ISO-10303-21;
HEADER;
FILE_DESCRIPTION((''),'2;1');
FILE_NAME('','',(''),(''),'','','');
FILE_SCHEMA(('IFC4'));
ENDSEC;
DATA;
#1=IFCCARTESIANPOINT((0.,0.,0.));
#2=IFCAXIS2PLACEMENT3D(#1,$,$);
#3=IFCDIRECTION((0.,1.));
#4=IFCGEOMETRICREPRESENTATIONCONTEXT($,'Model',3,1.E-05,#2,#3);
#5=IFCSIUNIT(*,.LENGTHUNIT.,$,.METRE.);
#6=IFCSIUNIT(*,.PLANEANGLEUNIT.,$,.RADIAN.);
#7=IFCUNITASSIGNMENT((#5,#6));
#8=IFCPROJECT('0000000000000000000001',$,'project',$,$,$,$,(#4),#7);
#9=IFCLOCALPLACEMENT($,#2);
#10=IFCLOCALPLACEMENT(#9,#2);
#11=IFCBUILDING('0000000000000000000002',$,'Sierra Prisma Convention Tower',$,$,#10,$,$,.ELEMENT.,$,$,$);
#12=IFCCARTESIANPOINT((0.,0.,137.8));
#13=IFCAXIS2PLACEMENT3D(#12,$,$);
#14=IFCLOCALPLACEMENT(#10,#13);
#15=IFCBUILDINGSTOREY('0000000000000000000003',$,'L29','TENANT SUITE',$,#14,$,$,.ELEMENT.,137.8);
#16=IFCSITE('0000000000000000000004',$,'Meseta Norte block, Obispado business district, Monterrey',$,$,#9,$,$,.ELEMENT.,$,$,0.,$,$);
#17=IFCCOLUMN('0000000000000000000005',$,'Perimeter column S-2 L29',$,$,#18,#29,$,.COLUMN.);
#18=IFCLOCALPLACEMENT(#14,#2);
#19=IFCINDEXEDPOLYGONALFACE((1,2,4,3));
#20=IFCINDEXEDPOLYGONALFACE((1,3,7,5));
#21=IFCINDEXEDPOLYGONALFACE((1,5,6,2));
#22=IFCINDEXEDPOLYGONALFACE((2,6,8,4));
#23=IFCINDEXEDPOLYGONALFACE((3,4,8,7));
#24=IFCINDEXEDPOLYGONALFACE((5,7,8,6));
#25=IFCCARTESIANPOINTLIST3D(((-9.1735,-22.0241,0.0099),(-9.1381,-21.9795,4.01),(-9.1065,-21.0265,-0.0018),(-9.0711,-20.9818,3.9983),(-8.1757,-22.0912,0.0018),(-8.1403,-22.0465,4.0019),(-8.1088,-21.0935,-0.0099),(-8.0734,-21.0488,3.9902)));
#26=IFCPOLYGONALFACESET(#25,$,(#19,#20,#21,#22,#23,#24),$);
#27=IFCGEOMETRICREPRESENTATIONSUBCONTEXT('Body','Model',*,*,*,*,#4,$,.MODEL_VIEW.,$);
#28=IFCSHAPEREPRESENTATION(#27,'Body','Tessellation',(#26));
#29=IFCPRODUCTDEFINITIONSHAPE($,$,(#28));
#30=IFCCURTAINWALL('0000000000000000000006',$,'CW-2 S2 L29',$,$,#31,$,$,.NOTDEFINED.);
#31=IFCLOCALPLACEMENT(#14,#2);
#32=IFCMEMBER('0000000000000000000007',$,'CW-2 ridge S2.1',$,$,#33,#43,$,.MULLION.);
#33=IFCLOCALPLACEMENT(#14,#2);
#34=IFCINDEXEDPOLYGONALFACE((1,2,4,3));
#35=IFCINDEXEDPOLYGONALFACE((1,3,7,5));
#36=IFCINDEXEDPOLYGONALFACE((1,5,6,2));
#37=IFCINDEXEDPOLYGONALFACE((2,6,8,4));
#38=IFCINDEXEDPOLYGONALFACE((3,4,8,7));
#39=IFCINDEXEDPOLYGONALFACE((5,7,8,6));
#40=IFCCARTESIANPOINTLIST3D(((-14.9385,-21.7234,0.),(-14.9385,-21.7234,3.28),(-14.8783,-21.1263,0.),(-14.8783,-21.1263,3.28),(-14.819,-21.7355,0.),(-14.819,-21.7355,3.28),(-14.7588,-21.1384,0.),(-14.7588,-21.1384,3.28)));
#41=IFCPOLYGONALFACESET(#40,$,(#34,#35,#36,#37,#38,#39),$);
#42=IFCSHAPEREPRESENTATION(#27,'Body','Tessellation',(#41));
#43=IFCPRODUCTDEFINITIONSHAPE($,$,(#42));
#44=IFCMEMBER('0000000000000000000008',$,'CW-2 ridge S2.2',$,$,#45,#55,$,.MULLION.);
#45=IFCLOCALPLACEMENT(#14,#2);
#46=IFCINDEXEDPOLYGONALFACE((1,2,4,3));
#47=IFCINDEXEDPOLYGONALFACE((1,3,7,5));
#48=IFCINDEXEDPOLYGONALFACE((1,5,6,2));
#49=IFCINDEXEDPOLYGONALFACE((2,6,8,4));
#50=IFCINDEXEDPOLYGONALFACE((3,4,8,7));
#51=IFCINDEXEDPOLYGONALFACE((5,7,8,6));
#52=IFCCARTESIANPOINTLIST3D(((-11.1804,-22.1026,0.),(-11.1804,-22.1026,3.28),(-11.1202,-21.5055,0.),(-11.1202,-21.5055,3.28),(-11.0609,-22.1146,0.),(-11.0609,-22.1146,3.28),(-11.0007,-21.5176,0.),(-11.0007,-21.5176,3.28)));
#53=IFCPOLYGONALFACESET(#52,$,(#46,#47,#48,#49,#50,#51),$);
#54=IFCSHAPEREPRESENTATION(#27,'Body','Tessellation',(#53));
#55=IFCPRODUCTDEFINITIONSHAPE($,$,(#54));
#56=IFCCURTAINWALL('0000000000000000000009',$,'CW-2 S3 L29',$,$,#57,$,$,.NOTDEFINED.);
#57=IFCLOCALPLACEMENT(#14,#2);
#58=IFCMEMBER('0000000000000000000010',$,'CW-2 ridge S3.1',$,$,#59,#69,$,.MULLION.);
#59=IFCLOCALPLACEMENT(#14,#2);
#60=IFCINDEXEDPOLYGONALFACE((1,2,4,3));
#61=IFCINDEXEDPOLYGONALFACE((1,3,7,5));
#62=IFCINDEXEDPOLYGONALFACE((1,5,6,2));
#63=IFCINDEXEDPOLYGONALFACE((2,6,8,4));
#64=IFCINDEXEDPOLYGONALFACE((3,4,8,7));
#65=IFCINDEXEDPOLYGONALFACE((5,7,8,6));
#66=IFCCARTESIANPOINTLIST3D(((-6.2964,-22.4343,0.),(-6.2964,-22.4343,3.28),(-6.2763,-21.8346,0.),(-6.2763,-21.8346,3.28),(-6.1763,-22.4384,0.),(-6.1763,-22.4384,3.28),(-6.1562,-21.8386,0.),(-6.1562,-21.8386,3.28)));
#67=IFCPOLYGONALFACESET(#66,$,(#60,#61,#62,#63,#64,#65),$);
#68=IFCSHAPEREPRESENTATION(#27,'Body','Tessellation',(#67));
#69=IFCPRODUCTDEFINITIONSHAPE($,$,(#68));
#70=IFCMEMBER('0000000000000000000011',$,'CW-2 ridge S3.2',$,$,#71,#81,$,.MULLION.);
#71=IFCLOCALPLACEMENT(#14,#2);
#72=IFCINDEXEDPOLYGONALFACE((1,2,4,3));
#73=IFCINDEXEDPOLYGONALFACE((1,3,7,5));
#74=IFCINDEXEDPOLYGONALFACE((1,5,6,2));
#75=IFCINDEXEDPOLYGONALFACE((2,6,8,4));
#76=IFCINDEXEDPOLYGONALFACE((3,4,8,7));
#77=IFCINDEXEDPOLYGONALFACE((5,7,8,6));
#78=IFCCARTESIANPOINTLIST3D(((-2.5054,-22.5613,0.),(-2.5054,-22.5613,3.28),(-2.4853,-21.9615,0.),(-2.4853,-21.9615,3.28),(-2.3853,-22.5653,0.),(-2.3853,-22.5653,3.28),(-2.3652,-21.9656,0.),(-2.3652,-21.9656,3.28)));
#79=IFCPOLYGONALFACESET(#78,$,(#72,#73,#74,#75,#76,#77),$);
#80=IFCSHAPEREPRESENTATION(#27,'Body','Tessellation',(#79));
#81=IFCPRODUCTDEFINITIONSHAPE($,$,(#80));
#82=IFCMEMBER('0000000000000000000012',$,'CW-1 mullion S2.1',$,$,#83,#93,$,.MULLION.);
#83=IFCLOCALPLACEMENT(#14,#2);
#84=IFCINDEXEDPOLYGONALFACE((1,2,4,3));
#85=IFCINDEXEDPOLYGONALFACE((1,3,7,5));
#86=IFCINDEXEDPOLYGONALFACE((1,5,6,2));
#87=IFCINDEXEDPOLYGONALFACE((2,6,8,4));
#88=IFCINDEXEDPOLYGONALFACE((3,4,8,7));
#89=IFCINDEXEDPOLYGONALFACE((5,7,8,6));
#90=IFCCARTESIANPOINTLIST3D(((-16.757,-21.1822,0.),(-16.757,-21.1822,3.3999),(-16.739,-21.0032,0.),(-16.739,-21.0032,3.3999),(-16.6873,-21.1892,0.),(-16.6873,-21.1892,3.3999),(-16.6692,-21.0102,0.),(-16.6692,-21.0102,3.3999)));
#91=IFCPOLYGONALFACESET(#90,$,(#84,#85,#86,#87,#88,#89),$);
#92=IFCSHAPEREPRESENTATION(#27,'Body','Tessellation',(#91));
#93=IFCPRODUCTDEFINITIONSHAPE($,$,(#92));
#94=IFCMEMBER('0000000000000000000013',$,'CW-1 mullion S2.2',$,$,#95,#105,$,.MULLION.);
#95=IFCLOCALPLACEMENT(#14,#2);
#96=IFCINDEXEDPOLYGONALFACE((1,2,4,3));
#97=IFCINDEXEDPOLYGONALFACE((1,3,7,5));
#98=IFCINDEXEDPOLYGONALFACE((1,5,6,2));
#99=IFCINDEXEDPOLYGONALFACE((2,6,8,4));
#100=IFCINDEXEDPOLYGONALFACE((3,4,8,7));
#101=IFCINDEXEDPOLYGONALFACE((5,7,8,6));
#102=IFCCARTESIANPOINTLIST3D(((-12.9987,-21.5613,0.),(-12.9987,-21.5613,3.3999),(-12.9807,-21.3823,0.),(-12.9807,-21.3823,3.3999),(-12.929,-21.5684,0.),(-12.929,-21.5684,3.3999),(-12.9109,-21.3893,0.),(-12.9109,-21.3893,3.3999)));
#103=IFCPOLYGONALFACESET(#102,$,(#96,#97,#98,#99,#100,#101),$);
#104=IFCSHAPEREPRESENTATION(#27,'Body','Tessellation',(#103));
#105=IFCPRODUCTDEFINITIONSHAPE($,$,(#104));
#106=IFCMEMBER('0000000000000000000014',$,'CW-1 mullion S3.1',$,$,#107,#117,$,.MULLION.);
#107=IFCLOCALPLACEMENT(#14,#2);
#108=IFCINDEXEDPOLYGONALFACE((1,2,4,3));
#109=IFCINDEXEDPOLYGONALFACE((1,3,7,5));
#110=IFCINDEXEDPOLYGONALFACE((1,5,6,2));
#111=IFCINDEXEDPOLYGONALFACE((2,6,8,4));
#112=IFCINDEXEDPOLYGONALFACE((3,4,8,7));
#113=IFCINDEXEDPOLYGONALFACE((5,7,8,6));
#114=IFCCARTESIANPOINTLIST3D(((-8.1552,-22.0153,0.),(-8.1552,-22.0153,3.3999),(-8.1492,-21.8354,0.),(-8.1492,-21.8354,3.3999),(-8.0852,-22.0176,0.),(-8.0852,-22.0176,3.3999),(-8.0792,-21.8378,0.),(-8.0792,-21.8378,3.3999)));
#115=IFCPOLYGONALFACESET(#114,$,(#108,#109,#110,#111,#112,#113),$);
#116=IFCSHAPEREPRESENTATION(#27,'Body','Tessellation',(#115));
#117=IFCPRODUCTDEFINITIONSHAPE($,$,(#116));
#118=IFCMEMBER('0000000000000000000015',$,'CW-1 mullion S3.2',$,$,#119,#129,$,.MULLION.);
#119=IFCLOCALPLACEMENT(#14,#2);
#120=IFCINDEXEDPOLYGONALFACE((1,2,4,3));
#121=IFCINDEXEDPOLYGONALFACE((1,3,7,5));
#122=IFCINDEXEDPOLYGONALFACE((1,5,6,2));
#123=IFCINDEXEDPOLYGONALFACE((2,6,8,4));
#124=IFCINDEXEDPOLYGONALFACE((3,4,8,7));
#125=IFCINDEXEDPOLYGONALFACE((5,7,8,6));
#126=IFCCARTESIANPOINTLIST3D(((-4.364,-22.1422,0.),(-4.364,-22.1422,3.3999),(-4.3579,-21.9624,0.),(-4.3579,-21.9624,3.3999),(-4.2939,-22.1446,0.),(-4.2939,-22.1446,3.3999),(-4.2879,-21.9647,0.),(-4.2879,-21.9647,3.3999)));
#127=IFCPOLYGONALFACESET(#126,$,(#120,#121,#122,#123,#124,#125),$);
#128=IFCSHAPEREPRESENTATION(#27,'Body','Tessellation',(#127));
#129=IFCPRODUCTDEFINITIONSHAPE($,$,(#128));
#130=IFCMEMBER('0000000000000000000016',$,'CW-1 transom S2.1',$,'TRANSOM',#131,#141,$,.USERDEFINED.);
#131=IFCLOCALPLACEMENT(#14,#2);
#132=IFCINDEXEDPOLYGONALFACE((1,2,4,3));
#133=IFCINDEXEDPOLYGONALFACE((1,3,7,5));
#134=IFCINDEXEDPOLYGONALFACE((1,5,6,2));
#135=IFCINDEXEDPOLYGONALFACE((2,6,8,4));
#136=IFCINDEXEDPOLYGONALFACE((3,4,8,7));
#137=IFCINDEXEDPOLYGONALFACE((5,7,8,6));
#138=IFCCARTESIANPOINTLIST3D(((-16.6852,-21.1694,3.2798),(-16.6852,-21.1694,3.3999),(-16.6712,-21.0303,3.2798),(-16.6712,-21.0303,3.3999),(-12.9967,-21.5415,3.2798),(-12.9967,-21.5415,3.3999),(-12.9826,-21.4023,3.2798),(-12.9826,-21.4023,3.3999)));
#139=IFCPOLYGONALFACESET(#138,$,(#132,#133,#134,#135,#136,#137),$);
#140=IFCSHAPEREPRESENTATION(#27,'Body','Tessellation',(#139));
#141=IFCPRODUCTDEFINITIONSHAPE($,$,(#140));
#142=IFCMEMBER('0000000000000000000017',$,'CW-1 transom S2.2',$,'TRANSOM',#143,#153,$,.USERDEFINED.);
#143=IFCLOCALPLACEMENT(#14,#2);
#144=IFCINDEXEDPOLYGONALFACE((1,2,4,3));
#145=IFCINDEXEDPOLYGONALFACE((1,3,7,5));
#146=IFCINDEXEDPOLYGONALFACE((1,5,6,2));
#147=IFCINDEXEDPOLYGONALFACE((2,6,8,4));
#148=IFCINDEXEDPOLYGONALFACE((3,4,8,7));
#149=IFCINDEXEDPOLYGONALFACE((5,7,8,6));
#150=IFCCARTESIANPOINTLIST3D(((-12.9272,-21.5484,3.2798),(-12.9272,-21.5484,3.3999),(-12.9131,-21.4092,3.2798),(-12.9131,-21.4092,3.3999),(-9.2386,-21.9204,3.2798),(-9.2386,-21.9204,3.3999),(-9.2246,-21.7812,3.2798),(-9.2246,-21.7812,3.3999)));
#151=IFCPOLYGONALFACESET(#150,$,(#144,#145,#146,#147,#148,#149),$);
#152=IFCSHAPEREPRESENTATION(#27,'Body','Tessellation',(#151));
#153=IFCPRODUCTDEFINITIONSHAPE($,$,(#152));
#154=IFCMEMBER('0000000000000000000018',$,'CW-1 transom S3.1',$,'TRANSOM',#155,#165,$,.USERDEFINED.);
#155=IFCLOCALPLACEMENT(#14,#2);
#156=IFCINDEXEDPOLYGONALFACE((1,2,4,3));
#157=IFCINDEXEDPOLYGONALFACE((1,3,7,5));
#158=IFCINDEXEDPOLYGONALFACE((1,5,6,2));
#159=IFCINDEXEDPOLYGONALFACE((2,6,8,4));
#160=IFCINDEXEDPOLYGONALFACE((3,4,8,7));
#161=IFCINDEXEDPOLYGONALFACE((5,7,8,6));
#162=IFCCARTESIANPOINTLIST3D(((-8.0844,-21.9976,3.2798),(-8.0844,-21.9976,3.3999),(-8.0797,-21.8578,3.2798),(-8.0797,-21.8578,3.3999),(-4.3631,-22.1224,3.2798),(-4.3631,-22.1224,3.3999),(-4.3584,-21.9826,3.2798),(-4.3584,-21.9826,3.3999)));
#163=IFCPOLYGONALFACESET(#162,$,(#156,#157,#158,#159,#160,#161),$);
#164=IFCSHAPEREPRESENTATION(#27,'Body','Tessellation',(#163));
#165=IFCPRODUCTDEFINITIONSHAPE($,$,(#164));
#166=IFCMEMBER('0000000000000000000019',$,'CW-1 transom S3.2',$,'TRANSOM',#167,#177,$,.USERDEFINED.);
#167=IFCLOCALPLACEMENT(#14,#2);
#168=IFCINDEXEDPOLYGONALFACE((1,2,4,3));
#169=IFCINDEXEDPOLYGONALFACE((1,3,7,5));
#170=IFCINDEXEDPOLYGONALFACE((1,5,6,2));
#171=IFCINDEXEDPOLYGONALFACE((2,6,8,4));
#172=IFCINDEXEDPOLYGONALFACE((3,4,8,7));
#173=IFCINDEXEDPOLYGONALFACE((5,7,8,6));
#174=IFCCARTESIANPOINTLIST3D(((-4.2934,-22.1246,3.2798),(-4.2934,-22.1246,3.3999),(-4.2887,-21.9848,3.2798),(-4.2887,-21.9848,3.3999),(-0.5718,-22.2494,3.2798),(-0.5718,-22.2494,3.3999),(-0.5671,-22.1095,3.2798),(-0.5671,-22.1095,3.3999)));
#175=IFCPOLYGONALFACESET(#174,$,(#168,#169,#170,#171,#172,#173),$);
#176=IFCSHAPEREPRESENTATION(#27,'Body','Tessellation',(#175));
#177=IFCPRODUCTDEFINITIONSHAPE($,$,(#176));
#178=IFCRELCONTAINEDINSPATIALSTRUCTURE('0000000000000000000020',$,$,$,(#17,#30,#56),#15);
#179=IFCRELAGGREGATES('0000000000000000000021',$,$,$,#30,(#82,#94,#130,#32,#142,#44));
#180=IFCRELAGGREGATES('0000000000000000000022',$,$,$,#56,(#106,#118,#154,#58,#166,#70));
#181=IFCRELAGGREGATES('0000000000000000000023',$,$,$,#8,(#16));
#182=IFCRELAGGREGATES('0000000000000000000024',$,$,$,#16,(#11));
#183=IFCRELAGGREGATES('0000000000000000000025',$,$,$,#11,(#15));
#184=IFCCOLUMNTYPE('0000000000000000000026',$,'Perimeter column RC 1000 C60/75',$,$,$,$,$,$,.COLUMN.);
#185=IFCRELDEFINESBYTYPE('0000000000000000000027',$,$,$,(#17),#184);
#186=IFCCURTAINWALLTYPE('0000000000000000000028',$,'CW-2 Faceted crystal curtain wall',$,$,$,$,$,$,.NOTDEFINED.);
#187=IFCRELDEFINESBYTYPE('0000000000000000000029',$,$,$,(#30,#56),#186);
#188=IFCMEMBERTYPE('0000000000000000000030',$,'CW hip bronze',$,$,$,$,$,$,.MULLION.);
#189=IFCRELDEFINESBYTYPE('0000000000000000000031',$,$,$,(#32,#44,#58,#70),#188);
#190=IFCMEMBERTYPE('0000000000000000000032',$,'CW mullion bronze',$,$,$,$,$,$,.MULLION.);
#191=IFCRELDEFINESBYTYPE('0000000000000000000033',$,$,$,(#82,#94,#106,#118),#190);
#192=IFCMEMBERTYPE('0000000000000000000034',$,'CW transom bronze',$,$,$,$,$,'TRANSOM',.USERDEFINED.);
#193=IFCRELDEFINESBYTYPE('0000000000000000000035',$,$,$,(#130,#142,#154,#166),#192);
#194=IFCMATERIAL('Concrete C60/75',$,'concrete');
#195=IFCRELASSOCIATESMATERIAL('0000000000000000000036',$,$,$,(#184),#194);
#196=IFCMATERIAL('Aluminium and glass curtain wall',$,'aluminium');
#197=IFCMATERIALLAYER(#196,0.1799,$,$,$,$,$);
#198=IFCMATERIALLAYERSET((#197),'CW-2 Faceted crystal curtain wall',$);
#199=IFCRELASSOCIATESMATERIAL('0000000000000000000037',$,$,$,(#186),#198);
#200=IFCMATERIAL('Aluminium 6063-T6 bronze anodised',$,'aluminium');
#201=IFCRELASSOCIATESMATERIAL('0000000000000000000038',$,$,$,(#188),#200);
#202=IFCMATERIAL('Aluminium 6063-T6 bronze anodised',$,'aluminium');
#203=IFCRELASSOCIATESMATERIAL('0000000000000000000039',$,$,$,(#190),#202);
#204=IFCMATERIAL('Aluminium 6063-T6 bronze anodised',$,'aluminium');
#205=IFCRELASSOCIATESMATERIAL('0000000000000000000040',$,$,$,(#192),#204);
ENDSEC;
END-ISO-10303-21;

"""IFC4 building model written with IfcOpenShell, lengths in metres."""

from ifc_helpers import new_model, si_unit, direction, frame, origin, origin_2d, place, context, subcontext, project, spatial, rectangle, extrude, material, layer, layer_set, material_profile, profile_set, type_object, element, aggregate, save


model = new_model("IFC4")

# Units and contexts
model_context = context("Model", 3, precision=1e-05, world=origin(), true_north=direction((0.0, 1.0)))
body_context = subcontext(model_context, "Body", "Model", "MODEL_VIEW")
ifc_project = project(units=[si_unit("LENGTHUNIT", "METRE"), si_unit("PLANEANGLEUNIT", "RADIAN")], contexts=[model_context])

# Site, building, storey
site_placement = place(None, origin())
site = spatial("IfcSite", under=ifc_project, at=site_placement, Name="Meseta Norte block, Obispado business district, Monterrey", CompositionType="ELEMENT", RefElevation=0.0)
building_placement = place(site_placement, origin())
building = spatial("IfcBuilding", under=site, at=building_placement, Name="Sierra Prisma Convention Tower", CompositionType="ELEMENT")
storey_placement = place(building_placement, frame((0.0, 0.0, 137.8)))
storey = spatial("IfcBuildingStorey", under=building, at=storey_placement, Name="L29", Description="TENANT SUITE", CompositionType="ELEMENT", Elevation=137.8)

# Column
ifc_material_1 = material(Name="Concrete C60/75", Category="concrete")
ifc_material_profile_1 = material_profile(ifc_material_1, rectangle(XDim=1.0, YDim=1.0, at=origin_2d()), Name="Perimeter column RC 1000 C60/75")
ifc_profile_set_1 = profile_set([ifc_material_profile_1], Name="Concrete C60/75")
column_type = type_object("IfcColumnType", Name="Perimeter column RC 1000 C60/75", PredefinedType="COLUMN", material=ifc_profile_set_1)
column_placement = place(storey_placement, frame((-8.6411, -21.5588, 0.0), z_axis=(0.008849, 0.011168, 0.999898), x_axis=(-0.997716, 0.067063, 0.008081)))
element("IfcColumn", 1, at=column_placement, inside=storey, type_object=column_type, Name="Perimeter column S-2 L29", PredefinedType="COLUMN", context=body_context, shape_type="SweptSolid", body=[
    extrude(rectangle(XDim=1.0, YDim=1.0, at=origin_2d()), origin(), (0.0, 0.0, 1.0), 4.0005),
])

# Curtain walls, members
ifc_material_2 = material(Name="Aluminium and glass curtain wall", Category="aluminium")
ifc_layer_1 = layer(ifc_material_2, 0.1799)
ifc_layer_set_1 = layer_set([ifc_layer_1], Name="CW-2 Faceted crystal curtain wall")
curtain_wall_type = type_object("IfcCurtainWallType", Name="CW-2 Faceted crystal curtain wall", PredefinedType="NOTDEFINED", material=ifc_layer_set_1)
curtain_wall_1_placement = place(storey_placement, origin())
curtain_wall_1 = element("IfcCurtainWall", 2, at=curtain_wall_1_placement, inside=storey, type_object=curtain_wall_type, Name="CW-2 S2 L29", PredefinedType="NOTDEFINED")
ifc_material_3 = material(Name="Aluminium 6063-T6 bronze anodised", Category="aluminium")
ifc_material_profile_2 = material_profile(ifc_material_3, rectangle(XDim=0.1201, YDim=0.6001, at=origin_2d()), Name="ALU RIDGE BLADE 120x600")
ifc_profile_set_2 = profile_set([ifc_material_profile_2], Name="Aluminium 6063-T6 bronze anodised")
member_type_1 = type_object("IfcMemberType", Name="CW hip bronze", PredefinedType="MULLION", material=ifc_profile_set_2)
member_1_placement = place(storey_placement, frame((-14.8486, -21.4309, 0.0), z_axis=(0.0, 0.0, 1.0), x_axis=(0.994951, -0.100359, 0.0)))
member_1 = element("IfcMember", 3, at=member_1_placement, type_object=member_type_1, Name="CW-2 ridge S2.1", PredefinedType="MULLION", context=body_context, shape_type="SweptSolid", body=[
    extrude(rectangle(XDim=0.1201, YDim=0.6001, at=origin_2d()), origin(), (0.0, 0.0, 1.0), 3.28),
])
member_2_placement = place(storey_placement, frame((-11.0906, -21.8101, 0.0), z_axis=(0.0, 0.0, 1.0), x_axis=(0.994951, -0.100359, 0.0)))
member_2 = element("IfcMember", 4, at=member_2_placement, type_object=member_type_1, Name="CW-2 ridge S2.2", PredefinedType="MULLION", context=body_context, shape_type="SweptSolid", body=[
    extrude(rectangle(XDim=0.1201, YDim=0.6001, at=origin_2d()), origin(), (0.0, 0.0, 1.0), 3.28),
])
curtain_wall_2_placement = place(storey_placement, origin())
curtain_wall_2 = element("IfcCurtainWall", 5, at=curtain_wall_2_placement, inside=storey, type_object=curtain_wall_type, Name="CW-2 S3 L29", PredefinedType="NOTDEFINED")
member_3_placement = place(storey_placement, frame((-6.2263, -22.1365, 0.0), z_axis=(0.0, 0.0, 1.0), x_axis=(0.999439, -0.033503, 0.0)))
member_3 = element("IfcMember", 6, at=member_3_placement, type_object=member_type_1, Name="CW-2 ridge S3.1", PredefinedType="MULLION", context=body_context, shape_type="SweptSolid", body=[
    extrude(rectangle(XDim=0.1201, YDim=0.6001, at=origin_2d()), origin(), (0.0, 0.0, 1.0), 3.28),
])
member_4_placement = place(storey_placement, frame((-2.4353, -22.2634, 0.0), z_axis=(0.0, 0.0, 1.0), x_axis=(0.999439, -0.033503, 0.0)))
member_4 = element("IfcMember", 7, at=member_4_placement, type_object=member_type_1, Name="CW-2 ridge S3.2", PredefinedType="MULLION", context=body_context, shape_type="SweptSolid", body=[
    extrude(rectangle(XDim=0.1201, YDim=0.6001, at=origin_2d()), origin(), (0.0, 0.0, 1.0), 3.28),
])

# Members
ifc_material_4 = material(Name="Aluminium 6063-T6 bronze anodised", Category="aluminium")
ifc_material_profile_3 = material_profile(ifc_material_4, rectangle(XDim=0.1799, YDim=0.0701, at=origin_2d()), Name="ALU MULLION 70x180")
ifc_profile_set_3 = profile_set([ifc_material_profile_3], Name="Aluminium 6063-T6 bronze anodised")
member_type_2 = type_object("IfcMemberType", Name="CW mullion bronze", PredefinedType="MULLION", material=ifc_profile_set_3)
member_5_placement = place(storey_placement, frame((-16.7131, -21.0962, 0.0), z_axis=(0.0, 0.0, 1.0), x_axis=(0.100359, 0.994951, 0.0)))
member_5 = element("IfcMember", 8, at=member_5_placement, type_object=member_type_2, Name="CW-1 mullion S2.1", PredefinedType="MULLION", context=body_context, shape_type="SweptSolid", body=[
    extrude(rectangle(XDim=0.1799, YDim=0.0701, at=origin_2d()), origin(), (0.0, 0.0, 1.0), 3.3999),
])
member_6_placement = place(storey_placement, frame((-12.9548, -21.4753, 0.0), z_axis=(0.0, 0.0, 1.0), x_axis=(0.100359, 0.994951, 0.0)))
member_6 = element("IfcMember", 9, at=member_6_placement, type_object=member_type_2, Name="CW-1 mullion S2.2", PredefinedType="MULLION", context=body_context, shape_type="SweptSolid", body=[
    extrude(rectangle(XDim=0.1799, YDim=0.0701, at=origin_2d()), origin(), (0.0, 0.0, 1.0), 3.3999),
])
member_7_placement = place(storey_placement, frame((-8.1172, -21.9265, 0.0), z_axis=(0.0, 0.0, 1.0), x_axis=(0.033503, 0.999439, 0.0)))
member_7 = element("IfcMember", 10, at=member_7_placement, type_object=member_type_2, Name="CW-1 mullion S3.1", PredefinedType="MULLION", context=body_context, shape_type="SweptSolid", body=[
    extrude(rectangle(XDim=0.1799, YDim=0.0701, at=origin_2d()), origin(), (0.0, 0.0, 1.0), 3.3999),
])
member_8_placement = place(storey_placement, frame((-4.3259, -22.0535, 0.0), z_axis=(0.0, 0.0, 1.0), x_axis=(0.033503, 0.999439, 0.0)))
member_8 = element("IfcMember", 11, at=member_8_placement, type_object=member_type_2, Name="CW-1 mullion S3.2", PredefinedType="MULLION", context=body_context, shape_type="SweptSolid", body=[
    extrude(rectangle(XDim=0.1799, YDim=0.0701, at=origin_2d()), origin(), (0.0, 0.0, 1.0), 3.3999),
])
ifc_material_5 = material(Name="Aluminium 6063-T6 bronze anodised", Category="aluminium")
ifc_material_profile_4 = material_profile(ifc_material_5, rectangle(XDim=0.1399, YDim=0.1201, at=origin_2d()), Name="ALU TRANSOM 120x140")
ifc_profile_set_4 = profile_set([ifc_material_profile_4], Name="Aluminium 6063-T6 bronze anodised")
member_type_3 = type_object("IfcMemberType", Name="CW transom bronze", ElementType="TRANSOM", PredefinedType="USERDEFINED", material=ifc_profile_set_4)
member_9_placement = place(storey_placement, frame((-16.6782, -21.0999, 3.3398), z_axis=(0.994951, -0.100364, 0.0), x_axis=(0.100364, 0.994951, 0.0)))
member_9 = element("IfcMember", 12, at=member_9_placement, type_object=member_type_3, Name="CW-1 transom S2.1", ObjectType="TRANSOM", PredefinedType="USERDEFINED", context=body_context, shape_type="SweptSolid", body=[
    extrude(rectangle(XDim=0.1399, YDim=0.1201, at=origin_2d()), origin(), (0.0, 0.0, 1.0), 3.7073),
])
member_10_placement = place(storey_placement, frame((-12.9202, -21.4788, 3.3398), z_axis=(0.994951, -0.100364, 0.0), x_axis=(0.100364, 0.994951, 0.0)))
member_10 = element("IfcMember", 13, at=member_10_placement, type_object=member_type_3, Name="CW-1 transom S2.2", ObjectType="TRANSOM", PredefinedType="USERDEFINED", context=body_context, shape_type="SweptSolid", body=[
    extrude(rectangle(XDim=0.1399, YDim=0.1201, at=origin_2d()), origin(), (0.0, 0.0, 1.0), 3.7073),
])
member_11_placement = place(storey_placement, frame((-8.082, -21.9277, 3.3398), z_axis=(0.999438, -0.033507, 0.0), x_axis=(0.033507, 0.999438, 0.0)))
member_11 = element("IfcMember", 14, at=member_11_placement, type_object=member_type_3, Name="CW-1 transom S3.1", ObjectType="TRANSOM", PredefinedType="USERDEFINED", context=body_context, shape_type="SweptSolid", body=[
    extrude(rectangle(XDim=0.1399, YDim=0.1201, at=origin_2d()), origin(), (0.0, 0.0, 1.0), 3.7234),
])
member_12_placement = place(storey_placement, frame((-4.291, -22.0547, 3.3398), z_axis=(0.999439, -0.033505, 0.0), x_axis=(0.033505, 0.999439, 0.0)))
member_12 = element("IfcMember", 15, at=member_12_placement, type_object=member_type_3, Name="CW-1 transom S3.2", ObjectType="TRANSOM", PredefinedType="USERDEFINED", context=body_context, shape_type="SweptSolid", body=[
    extrude(rectangle(XDim=0.1399, YDim=0.1201, at=origin_2d()), origin(), (0.0, 0.0, 1.0), 3.7236),
])

aggregate(curtain_wall_1, [member_5, member_6, member_9, member_1, member_10, member_2])
aggregate(curtain_wall_2, [member_7, member_8, member_11, member_3, member_12, member_4])

save(model, "model.ifc")
